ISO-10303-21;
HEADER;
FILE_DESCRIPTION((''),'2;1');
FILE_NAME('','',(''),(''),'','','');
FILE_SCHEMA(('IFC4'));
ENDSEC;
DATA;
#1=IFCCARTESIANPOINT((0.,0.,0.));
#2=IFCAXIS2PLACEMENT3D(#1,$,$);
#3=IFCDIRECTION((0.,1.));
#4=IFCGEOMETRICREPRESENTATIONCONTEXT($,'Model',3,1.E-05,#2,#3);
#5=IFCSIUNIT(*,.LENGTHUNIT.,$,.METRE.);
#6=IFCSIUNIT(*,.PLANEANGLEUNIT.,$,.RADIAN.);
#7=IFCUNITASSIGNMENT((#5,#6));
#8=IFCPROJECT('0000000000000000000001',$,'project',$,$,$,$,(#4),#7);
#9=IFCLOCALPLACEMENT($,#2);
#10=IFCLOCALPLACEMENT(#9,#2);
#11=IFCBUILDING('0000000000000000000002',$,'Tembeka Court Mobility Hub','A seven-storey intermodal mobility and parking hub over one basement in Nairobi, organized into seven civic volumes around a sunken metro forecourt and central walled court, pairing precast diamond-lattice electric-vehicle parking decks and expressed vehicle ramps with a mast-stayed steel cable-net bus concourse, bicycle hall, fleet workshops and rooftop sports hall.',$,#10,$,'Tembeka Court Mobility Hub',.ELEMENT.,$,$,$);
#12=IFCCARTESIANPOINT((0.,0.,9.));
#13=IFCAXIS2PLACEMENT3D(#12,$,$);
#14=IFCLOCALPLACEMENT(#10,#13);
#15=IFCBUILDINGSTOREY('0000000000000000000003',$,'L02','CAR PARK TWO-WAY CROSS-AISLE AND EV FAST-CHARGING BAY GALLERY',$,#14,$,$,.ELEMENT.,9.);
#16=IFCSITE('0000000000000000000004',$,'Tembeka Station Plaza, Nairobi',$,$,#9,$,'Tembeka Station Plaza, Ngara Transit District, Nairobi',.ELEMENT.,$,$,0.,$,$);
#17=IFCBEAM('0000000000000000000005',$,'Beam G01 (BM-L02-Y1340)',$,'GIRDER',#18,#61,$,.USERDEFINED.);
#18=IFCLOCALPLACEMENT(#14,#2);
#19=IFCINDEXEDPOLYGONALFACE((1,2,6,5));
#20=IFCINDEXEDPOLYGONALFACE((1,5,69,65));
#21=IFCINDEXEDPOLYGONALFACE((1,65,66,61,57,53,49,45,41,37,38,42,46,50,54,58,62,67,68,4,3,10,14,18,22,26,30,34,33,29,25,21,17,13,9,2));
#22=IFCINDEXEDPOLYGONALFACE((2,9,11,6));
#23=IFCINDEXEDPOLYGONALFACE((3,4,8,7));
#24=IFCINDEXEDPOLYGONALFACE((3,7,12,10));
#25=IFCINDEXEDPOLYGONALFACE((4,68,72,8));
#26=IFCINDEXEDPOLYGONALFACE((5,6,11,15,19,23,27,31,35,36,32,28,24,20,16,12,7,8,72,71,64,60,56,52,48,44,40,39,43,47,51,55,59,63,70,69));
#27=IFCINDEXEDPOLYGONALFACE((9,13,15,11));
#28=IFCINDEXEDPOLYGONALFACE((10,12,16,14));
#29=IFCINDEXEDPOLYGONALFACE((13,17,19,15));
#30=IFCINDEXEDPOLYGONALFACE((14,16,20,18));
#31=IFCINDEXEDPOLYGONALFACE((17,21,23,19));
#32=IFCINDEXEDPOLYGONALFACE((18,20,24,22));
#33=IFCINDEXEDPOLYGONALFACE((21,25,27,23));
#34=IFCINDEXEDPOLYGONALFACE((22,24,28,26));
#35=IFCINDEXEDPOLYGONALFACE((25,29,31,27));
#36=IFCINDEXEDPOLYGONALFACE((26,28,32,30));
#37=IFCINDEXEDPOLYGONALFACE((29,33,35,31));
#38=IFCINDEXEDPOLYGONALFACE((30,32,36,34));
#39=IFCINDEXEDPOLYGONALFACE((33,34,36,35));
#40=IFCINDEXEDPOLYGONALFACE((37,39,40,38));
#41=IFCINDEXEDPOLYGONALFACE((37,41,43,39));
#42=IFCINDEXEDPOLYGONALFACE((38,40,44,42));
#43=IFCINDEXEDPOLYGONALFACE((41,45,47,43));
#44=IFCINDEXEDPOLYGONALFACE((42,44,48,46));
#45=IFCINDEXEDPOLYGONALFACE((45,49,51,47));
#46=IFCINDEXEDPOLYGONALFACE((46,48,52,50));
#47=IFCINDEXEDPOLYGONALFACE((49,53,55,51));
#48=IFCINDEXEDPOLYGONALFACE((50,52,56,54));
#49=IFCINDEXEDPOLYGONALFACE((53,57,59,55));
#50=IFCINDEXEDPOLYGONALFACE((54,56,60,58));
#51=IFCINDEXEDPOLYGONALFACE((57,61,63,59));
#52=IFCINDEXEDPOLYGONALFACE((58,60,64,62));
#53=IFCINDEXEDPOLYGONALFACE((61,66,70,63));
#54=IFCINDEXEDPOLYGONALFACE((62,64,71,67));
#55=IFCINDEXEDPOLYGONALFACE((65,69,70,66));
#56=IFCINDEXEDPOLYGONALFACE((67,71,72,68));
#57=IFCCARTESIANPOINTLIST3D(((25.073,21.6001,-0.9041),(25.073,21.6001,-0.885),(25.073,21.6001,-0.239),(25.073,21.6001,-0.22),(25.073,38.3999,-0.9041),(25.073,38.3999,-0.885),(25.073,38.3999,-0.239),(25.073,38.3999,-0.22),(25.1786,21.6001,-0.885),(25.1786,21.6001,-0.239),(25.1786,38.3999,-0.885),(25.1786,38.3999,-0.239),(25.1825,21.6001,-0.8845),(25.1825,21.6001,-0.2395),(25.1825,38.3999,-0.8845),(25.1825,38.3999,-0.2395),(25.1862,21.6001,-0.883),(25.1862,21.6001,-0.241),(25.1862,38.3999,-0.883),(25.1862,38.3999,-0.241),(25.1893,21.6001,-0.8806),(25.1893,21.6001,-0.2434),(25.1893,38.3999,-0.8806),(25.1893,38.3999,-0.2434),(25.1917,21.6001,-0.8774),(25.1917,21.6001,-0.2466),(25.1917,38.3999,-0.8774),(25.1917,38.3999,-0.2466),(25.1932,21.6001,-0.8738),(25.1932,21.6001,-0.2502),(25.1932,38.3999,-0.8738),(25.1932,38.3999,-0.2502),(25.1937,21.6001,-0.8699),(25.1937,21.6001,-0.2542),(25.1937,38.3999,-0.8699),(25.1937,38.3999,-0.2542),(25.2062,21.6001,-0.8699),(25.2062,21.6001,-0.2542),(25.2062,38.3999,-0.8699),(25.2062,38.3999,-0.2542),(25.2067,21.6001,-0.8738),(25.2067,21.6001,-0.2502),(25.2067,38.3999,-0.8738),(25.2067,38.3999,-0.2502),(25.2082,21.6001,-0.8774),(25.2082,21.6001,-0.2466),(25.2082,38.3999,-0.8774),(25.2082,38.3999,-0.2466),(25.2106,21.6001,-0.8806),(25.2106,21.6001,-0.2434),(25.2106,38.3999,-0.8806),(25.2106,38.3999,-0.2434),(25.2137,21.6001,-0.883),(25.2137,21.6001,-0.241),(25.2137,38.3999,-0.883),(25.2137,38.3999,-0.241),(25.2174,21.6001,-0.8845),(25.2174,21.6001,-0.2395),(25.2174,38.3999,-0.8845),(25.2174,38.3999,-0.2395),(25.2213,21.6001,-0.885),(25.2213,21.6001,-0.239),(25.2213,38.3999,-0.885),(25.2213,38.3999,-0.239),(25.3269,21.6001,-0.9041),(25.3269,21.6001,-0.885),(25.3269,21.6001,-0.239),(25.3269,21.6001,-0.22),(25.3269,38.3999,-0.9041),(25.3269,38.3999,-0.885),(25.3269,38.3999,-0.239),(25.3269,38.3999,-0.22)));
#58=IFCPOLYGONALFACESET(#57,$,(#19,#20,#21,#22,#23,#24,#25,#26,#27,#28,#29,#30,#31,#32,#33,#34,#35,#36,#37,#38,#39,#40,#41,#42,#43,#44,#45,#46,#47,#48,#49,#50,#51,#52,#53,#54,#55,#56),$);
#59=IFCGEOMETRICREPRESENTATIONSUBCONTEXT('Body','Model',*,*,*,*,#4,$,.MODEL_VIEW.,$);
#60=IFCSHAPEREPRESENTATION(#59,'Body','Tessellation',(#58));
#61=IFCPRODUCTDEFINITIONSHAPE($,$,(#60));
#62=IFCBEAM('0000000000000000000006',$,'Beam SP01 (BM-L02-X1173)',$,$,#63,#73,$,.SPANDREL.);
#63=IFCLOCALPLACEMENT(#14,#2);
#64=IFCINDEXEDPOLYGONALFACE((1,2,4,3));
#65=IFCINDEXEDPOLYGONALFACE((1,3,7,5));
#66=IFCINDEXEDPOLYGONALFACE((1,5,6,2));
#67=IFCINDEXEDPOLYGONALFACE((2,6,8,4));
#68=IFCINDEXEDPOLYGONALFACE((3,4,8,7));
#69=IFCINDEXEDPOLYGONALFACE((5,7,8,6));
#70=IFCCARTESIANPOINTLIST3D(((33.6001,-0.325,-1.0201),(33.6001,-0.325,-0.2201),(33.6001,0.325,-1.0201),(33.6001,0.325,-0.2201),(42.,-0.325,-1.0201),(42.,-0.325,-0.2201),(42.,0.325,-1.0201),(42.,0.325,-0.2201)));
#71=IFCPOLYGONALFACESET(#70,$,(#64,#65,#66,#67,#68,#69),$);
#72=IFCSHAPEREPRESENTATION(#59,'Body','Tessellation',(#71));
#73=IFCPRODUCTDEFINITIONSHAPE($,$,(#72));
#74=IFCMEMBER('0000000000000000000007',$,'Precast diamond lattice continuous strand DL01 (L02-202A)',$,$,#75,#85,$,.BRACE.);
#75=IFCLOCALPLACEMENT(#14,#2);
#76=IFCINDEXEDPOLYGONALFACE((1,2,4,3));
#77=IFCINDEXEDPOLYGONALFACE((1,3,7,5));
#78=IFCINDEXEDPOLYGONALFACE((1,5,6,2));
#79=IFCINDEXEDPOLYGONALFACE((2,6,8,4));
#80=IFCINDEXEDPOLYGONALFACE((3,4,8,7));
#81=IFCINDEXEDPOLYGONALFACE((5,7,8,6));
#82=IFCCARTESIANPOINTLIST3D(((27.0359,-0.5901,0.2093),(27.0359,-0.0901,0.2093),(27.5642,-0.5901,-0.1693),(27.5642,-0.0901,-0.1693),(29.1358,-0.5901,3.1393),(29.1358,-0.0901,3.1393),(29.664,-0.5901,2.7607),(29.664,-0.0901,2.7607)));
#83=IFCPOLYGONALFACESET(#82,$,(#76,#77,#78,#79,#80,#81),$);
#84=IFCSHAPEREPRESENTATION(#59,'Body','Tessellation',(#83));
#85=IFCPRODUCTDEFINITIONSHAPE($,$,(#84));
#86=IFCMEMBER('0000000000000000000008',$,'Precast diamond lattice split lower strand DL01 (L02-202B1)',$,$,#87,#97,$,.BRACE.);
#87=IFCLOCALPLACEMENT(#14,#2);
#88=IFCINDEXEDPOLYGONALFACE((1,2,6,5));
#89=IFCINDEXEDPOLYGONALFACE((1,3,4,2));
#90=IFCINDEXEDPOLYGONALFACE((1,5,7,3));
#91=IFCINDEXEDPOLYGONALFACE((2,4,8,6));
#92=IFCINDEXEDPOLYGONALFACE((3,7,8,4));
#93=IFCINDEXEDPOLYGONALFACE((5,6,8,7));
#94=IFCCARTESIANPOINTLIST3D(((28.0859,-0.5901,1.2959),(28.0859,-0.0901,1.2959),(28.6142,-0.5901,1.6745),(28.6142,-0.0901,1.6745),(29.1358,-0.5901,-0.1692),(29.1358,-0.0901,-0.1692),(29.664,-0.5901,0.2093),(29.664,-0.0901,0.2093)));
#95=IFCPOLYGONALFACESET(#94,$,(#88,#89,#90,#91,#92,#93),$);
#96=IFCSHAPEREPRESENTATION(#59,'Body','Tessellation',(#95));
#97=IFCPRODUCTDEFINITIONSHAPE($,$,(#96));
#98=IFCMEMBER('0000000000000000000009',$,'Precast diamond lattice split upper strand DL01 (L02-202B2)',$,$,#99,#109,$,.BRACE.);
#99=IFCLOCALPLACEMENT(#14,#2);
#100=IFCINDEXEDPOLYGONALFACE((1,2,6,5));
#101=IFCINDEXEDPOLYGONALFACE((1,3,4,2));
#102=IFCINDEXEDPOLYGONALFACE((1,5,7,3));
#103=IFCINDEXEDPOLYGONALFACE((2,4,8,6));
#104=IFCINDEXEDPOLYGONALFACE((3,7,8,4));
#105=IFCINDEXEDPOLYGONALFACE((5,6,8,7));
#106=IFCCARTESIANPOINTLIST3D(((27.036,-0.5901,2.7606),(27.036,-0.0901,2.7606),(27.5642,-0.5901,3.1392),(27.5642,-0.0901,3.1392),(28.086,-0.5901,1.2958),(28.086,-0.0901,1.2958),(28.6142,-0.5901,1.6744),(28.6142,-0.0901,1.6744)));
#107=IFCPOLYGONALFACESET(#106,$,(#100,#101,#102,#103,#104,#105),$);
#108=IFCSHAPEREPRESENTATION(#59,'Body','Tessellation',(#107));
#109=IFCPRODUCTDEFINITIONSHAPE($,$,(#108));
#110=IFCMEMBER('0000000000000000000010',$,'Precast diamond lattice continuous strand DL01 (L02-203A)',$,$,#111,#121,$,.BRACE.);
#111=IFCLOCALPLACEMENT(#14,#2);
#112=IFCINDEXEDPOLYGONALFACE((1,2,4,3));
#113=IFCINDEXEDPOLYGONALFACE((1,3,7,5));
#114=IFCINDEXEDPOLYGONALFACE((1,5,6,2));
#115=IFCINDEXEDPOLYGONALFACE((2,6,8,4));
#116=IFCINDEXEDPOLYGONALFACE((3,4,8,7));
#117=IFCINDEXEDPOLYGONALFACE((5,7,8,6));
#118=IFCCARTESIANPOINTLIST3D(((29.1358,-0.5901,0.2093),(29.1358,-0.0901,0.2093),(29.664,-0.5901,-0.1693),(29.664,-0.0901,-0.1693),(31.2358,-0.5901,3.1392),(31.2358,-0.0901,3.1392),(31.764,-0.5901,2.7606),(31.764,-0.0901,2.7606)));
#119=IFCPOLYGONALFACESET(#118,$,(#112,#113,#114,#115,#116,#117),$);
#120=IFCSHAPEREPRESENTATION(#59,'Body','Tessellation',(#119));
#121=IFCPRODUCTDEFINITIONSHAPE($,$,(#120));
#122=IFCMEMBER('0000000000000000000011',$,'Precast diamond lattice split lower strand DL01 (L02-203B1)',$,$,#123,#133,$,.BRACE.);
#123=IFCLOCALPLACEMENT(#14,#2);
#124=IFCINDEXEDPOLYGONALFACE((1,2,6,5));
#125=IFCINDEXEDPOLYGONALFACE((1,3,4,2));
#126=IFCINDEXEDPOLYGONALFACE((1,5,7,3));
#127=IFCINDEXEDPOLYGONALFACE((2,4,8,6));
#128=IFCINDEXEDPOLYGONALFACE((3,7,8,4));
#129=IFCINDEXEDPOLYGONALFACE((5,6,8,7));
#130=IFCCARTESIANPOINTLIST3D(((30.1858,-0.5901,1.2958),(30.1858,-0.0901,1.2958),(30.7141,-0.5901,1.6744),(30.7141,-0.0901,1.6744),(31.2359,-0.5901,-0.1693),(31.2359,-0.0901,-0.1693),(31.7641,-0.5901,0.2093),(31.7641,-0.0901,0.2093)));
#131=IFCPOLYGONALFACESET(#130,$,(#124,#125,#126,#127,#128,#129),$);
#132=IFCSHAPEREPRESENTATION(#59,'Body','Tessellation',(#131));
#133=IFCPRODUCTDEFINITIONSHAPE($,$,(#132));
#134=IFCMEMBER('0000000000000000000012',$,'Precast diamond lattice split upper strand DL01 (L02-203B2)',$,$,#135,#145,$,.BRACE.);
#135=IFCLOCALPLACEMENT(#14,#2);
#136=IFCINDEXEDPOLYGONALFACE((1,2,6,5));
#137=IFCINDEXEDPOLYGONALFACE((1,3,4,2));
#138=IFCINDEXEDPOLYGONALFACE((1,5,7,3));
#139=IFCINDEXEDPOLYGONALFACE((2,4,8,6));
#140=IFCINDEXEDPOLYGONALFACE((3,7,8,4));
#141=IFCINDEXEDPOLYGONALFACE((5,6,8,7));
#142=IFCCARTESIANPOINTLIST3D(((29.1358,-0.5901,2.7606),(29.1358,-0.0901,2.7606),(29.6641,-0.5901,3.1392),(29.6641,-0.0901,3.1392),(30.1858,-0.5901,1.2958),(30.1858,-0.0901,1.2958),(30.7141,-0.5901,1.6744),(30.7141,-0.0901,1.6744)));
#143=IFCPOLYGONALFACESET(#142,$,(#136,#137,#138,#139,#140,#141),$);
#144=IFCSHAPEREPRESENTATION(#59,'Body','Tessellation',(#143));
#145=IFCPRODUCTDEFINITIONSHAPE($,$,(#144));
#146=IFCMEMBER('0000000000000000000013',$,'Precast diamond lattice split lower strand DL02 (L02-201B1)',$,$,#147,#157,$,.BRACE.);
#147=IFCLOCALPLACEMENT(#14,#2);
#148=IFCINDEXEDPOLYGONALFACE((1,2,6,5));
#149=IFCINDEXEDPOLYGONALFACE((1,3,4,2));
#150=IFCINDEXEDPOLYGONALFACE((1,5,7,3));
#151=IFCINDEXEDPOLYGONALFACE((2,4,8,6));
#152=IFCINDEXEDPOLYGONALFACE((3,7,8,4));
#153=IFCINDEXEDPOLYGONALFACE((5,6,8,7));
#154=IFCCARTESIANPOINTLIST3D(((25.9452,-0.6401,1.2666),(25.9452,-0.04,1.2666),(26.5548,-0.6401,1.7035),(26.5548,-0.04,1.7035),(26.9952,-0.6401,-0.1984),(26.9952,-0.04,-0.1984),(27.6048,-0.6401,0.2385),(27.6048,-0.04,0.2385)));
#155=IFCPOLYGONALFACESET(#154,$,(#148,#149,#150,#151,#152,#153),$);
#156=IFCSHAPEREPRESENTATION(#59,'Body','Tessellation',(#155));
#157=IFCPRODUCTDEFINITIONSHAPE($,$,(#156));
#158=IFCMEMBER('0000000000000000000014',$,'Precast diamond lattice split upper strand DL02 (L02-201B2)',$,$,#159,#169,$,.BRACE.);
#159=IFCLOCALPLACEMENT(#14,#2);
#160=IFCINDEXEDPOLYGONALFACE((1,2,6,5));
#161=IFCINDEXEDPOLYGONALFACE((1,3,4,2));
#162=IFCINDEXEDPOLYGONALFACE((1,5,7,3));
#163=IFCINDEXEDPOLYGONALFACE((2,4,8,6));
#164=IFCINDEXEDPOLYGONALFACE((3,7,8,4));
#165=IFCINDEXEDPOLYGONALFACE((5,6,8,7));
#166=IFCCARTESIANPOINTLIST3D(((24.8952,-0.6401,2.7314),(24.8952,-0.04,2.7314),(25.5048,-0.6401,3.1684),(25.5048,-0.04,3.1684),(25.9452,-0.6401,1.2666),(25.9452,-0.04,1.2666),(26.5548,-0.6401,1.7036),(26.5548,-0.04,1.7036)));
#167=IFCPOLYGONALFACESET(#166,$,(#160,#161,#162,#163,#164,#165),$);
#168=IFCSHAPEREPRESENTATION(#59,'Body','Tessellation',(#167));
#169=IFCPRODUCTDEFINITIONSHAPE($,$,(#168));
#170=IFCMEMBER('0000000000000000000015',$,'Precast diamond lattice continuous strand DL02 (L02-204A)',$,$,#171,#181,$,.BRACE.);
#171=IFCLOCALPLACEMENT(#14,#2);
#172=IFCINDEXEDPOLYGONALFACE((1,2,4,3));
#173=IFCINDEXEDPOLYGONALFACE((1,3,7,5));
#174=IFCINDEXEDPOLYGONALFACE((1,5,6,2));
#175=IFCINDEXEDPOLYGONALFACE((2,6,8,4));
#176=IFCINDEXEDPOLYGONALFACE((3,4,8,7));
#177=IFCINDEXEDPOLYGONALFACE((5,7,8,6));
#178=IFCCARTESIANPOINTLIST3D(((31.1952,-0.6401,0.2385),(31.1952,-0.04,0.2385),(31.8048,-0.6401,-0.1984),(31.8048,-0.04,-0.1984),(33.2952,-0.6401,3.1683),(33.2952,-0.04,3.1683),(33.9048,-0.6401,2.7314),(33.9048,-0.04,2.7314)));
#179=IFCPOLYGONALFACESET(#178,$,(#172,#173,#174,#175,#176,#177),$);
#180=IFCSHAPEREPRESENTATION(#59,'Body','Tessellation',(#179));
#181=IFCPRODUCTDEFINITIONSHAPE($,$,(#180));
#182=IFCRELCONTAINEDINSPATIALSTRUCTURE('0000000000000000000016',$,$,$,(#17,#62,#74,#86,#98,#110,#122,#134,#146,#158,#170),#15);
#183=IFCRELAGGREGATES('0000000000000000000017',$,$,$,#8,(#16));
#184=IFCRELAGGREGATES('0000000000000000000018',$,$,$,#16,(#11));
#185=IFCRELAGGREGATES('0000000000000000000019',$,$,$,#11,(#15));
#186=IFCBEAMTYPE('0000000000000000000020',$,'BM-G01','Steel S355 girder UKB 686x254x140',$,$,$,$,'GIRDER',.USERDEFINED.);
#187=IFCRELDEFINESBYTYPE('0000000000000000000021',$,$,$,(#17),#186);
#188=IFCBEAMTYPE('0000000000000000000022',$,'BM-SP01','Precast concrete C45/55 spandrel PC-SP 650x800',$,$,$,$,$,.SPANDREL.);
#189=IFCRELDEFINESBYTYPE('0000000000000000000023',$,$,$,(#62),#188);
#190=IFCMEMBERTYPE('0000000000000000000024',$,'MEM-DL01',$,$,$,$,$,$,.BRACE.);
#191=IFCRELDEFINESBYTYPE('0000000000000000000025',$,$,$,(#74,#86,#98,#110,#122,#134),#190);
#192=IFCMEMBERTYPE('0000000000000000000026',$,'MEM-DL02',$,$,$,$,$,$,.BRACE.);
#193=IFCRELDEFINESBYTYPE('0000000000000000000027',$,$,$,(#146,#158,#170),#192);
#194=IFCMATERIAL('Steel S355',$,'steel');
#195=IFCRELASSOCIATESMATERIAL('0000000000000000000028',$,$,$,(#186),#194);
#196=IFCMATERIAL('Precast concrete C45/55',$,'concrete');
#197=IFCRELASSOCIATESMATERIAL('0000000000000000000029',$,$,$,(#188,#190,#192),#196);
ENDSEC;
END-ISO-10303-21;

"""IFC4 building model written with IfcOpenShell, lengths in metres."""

from ifc_helpers import new_model, si_unit, direction, frame, origin, origin_2d, place, context, subcontext, project, spatial, rectangle, i_section, extrude, material, material_profile, profile_set, type_object, element, save


model = new_model("IFC4")

# Units and contexts
model_context = context("Model", 3, precision=1e-05, world=origin(), true_north=direction((0.0, 1.0)))
body_context = subcontext(model_context, "Body", "Model", "MODEL_VIEW")
ifc_project = project(units=[si_unit("LENGTHUNIT", "METRE"), si_unit("PLANEANGLEUNIT", "RADIAN")], contexts=[model_context])

# Site, building, storey
site_placement = place(None, origin())
site = spatial("IfcSite", under=ifc_project, at=site_placement, Name="Tembeka Station Plaza, Nairobi", LongName="Tembeka Station Plaza, Ngara Transit District, Nairobi", CompositionType="ELEMENT", RefElevation=0.0)
building_placement = place(site_placement, origin())
building = spatial("IfcBuilding", under=site, at=building_placement, Name="Tembeka Court Mobility Hub", Description="A seven-storey intermodal mobility and parking hub over one basement in Nairobi, organized into seven civic volumes around a sunken metro forecourt and central walled court, pairing precast diamond-lattice electric-vehicle parking decks and expressed vehicle ramps with a mast-stayed steel cable-net bus concourse, bicycle hall, fleet workshops and rooftop sports hall.", LongName="Tembeka Court Mobility Hub", CompositionType="ELEMENT")
storey_placement = place(building_placement, frame((0.0, 0.0, 9.0)))
storey = spatial("IfcBuildingStorey", under=building, at=storey_placement, Name="L02", Description="CAR PARK TWO-WAY CROSS-AISLE AND EV FAST-CHARGING BAY GALLERY", CompositionType="ELEMENT", Elevation=9.0)

# Shared definitions
ifc_material_1 = material(Name="Steel S355", Category="steel")

# Beams
ifc_material_profile_1 = material_profile(ifc_material_1, i_section(OverallWidth=0.2539, OverallDepth=0.6841, WebThickness=0.0125, FlangeThickness=0.019, FilletRadius=0.0151, at=origin_2d()), Name="UKB 686x254x140")
ifc_profile_set_1 = profile_set([ifc_material_profile_1], Name="Steel S355")
beam_type_1 = type_object("IfcBeamType", Name="BM-G01", Description="Steel S355 girder UKB 686x254x140", ElementType="GIRDER", PredefinedType="USERDEFINED", material=ifc_profile_set_1)
beam_1_placement = place(storey_placement, frame((25.2, 21.6001, -0.562), z_axis=(0.0, 1.0, 0.0), x_axis=(-1.0, 0.0, 0.0)))
element("IfcBeam", 1, at=beam_1_placement, inside=storey, type_object=beam_type_1, Name="Beam G01 (BM-L02-Y1340)", ObjectType="GIRDER", PredefinedType="USERDEFINED", context=body_context, shape_type="SweptSolid", body=[
    extrude(i_section(OverallWidth=0.2539, OverallDepth=0.6841, WebThickness=0.0125, FlangeThickness=0.019, FilletRadius=0.0151, at=origin_2d()), origin(), (0.0, 0.0, 1.0), 16.7998),
])
ifc_material_2 = material(Name="Precast concrete C45/55", Category="concrete")
ifc_material_profile_2 = material_profile(ifc_material_2, rectangle(XDim=0.6499, YDim=0.8, at=origin_2d()), Name="PC-SP 650x800")
ifc_profile_set_2 = profile_set([ifc_material_profile_2], Name="Precast concrete C45/55")
beam_type_2 = type_object("IfcBeamType", Name="BM-SP01", Description="Precast concrete C45/55 spandrel PC-SP 650x800", PredefinedType="SPANDREL", material=ifc_profile_set_2)
beam_2_placement = place(storey_placement, frame((33.6001, 0.0, -0.6201), z_axis=(1.0, 0.0, 0.0), x_axis=(0.0, 1.0, 0.0)))
element("IfcBeam", 2, at=beam_2_placement, inside=storey, type_object=beam_type_2, Name="Beam SP01 (BM-L02-X1173)", PredefinedType="SPANDREL", context=body_context, shape_type="SweptSolid", body=[
    extrude(rectangle(XDim=0.6499, YDim=0.8, at=origin_2d()), origin(), (0.0, 0.0, 1.0), 8.3999),
])

# Members
ifc_material_profile_3 = material_profile(ifc_material_2, rectangle(XDim=0.5, YDim=0.6499, at=origin_2d()), Name="PC-DIAG 500x650")
ifc_profile_set_3 = profile_set([ifc_material_profile_3], Name="Precast concrete C45/55")
member_type_1 = type_object("IfcMemberType", Name="MEM-DL01", PredefinedType="BRACE", material=ifc_profile_set_3)
member_1_placement = place(storey_placement, frame((27.3, -0.3401, 0.02), z_axis=(0.582532, 0.0, 0.812808), x_axis=(0.0, 1.0, 0.0)))
element("IfcMember", 3, at=member_1_placement, inside=storey, type_object=member_type_1, Name="Precast diamond lattice continuous strand DL01 (L02-202A)", PredefinedType="BRACE", context=body_context, shape_type="SweptSolid", body=[
    extrude(rectangle(XDim=0.5, YDim=0.6499, at=origin_2d()), origin(), (0.0, 0.0, 1.0), 3.6047),
])
member_2_placement = place(storey_placement, frame((29.3999, -0.3401, 0.02), z_axis=(-0.582455, 0.0, 0.812863), x_axis=(0.0, -1.0, 0.0)))
element("IfcMember", 4, at=member_2_placement, inside=storey, type_object=member_type_1, Name="Precast diamond lattice split lower strand DL01 (L02-202B1)", PredefinedType="BRACE", context=body_context, shape_type="SweptSolid", body=[
    extrude(rectangle(XDim=0.5, YDim=0.6499, at=origin_2d()), origin(), (0.0, 0.0, 1.0), 1.8025),
])
member_3_placement = place(storey_placement, frame((28.3501, -0.3401, 1.4851), z_axis=(-0.582608, 0.0, 0.812753), x_axis=(0.0, -1.0, 0.0)))
element("IfcMember", 5, at=member_3_placement, inside=storey, type_object=member_type_1, Name="Precast diamond lattice split upper strand DL01 (L02-202B2)", PredefinedType="BRACE", context=body_context, shape_type="SweptSolid", body=[
    extrude(rectangle(XDim=0.5, YDim=0.6499, at=origin_2d()), origin(), (0.0, 0.0, 1.0), 1.8022),
])
member_4_placement = place(storey_placement, frame((29.3999, -0.3401, 0.02), z_axis=(0.582576, 0.0, 0.812776), x_axis=(0.0, 1.0, 0.0)))
element("IfcMember", 6, at=member_4_placement, inside=storey, type_object=member_type_1, Name="Precast diamond lattice continuous strand DL01 (L02-203A)", PredefinedType="BRACE", context=body_context, shape_type="SweptSolid", body=[
    extrude(rectangle(XDim=0.5, YDim=0.6499, at=origin_2d()), origin(), (0.0, 0.0, 1.0), 3.6047),
])
member_5_placement = place(storey_placement, frame((31.5, -0.3401, 0.02), z_axis=(-0.582544, 0.0, 0.812799), x_axis=(0.0, -1.0, 0.0)))
element("IfcMember", 7, at=member_5_placement, inside=storey, type_object=member_type_1, Name="Precast diamond lattice split lower strand DL01 (L02-203B1)", PredefinedType="BRACE", context=body_context, shape_type="SweptSolid", body=[
    extrude(rectangle(XDim=0.5, YDim=0.6499, at=origin_2d()), origin(), (0.0, 0.0, 1.0), 1.8025),
])
member_6_placement = place(storey_placement, frame((30.45, -0.3401, 1.4851), z_axis=(-0.582608, 0.0, 0.812753), x_axis=(0.0, -1.0, 0.0)))
element("IfcMember", 8, at=member_6_placement, inside=storey, type_object=member_type_1, Name="Precast diamond lattice split upper strand DL01 (L02-203B2)", PredefinedType="BRACE", context=body_context, shape_type="SweptSolid", body=[
    extrude(rectangle(XDim=0.5, YDim=0.6499, at=origin_2d()), origin(), (0.0, 0.0, 1.0), 1.8022),
])
ifc_material_profile_4 = material_profile(ifc_material_2, rectangle(XDim=0.6001, YDim=0.75, at=origin_2d()), Name="PC-DIAG 600x750")
ifc_profile_set_4 = profile_set([ifc_material_profile_4], Name="Precast concrete C45/55")
member_type_2 = type_object("IfcMemberType", Name="MEM-DL02", PredefinedType="BRACE", material=ifc_profile_set_4)
member_7_placement = place(storey_placement, frame((27.3, -0.3401, 0.02), z_axis=(-0.582544, 0.0, 0.812799), x_axis=(0.0, -1.0, 0.0)))
element("IfcMember", 9, at=member_7_placement, inside=storey, type_object=member_type_2, Name="Precast diamond lattice split lower strand DL02 (L02-201B1)", PredefinedType="BRACE", context=body_context, shape_type="SweptSolid", body=[
    extrude(rectangle(XDim=0.6001, YDim=0.75, at=origin_2d()), origin(), (0.0, 0.0, 1.0), 1.8025),
])
member_8_placement = place(storey_placement, frame((26.25, -0.3401, 1.4851), z_axis=(-0.582608, 0.0, 0.812753), x_axis=(0.0, -1.0, 0.0)))
element("IfcMember", 10, at=member_8_placement, inside=storey, type_object=member_type_2, Name="Precast diamond lattice split upper strand DL02 (L02-201B2)", PredefinedType="BRACE", context=body_context, shape_type="SweptSolid", body=[
    extrude(rectangle(XDim=0.6001, YDim=0.75, at=origin_2d()), origin(), (0.0, 0.0, 1.0), 1.8022),
])
member_9_placement = place(storey_placement, frame((31.5, -0.3401, 0.02), z_axis=(0.582576, 0.0, 0.812776), x_axis=(0.0, 1.0, 0.0)))
element("IfcMember", 11, at=member_9_placement, inside=storey, type_object=member_type_2, Name="Precast diamond lattice continuous strand DL02 (L02-204A)", PredefinedType="BRACE", context=body_context, shape_type="SweptSolid", body=[
    extrude(rectangle(XDim=0.6001, YDim=0.75, at=origin_2d()), origin(), (0.0, 0.0, 1.0), 3.6047),
])

save(model, "model.ifc")
